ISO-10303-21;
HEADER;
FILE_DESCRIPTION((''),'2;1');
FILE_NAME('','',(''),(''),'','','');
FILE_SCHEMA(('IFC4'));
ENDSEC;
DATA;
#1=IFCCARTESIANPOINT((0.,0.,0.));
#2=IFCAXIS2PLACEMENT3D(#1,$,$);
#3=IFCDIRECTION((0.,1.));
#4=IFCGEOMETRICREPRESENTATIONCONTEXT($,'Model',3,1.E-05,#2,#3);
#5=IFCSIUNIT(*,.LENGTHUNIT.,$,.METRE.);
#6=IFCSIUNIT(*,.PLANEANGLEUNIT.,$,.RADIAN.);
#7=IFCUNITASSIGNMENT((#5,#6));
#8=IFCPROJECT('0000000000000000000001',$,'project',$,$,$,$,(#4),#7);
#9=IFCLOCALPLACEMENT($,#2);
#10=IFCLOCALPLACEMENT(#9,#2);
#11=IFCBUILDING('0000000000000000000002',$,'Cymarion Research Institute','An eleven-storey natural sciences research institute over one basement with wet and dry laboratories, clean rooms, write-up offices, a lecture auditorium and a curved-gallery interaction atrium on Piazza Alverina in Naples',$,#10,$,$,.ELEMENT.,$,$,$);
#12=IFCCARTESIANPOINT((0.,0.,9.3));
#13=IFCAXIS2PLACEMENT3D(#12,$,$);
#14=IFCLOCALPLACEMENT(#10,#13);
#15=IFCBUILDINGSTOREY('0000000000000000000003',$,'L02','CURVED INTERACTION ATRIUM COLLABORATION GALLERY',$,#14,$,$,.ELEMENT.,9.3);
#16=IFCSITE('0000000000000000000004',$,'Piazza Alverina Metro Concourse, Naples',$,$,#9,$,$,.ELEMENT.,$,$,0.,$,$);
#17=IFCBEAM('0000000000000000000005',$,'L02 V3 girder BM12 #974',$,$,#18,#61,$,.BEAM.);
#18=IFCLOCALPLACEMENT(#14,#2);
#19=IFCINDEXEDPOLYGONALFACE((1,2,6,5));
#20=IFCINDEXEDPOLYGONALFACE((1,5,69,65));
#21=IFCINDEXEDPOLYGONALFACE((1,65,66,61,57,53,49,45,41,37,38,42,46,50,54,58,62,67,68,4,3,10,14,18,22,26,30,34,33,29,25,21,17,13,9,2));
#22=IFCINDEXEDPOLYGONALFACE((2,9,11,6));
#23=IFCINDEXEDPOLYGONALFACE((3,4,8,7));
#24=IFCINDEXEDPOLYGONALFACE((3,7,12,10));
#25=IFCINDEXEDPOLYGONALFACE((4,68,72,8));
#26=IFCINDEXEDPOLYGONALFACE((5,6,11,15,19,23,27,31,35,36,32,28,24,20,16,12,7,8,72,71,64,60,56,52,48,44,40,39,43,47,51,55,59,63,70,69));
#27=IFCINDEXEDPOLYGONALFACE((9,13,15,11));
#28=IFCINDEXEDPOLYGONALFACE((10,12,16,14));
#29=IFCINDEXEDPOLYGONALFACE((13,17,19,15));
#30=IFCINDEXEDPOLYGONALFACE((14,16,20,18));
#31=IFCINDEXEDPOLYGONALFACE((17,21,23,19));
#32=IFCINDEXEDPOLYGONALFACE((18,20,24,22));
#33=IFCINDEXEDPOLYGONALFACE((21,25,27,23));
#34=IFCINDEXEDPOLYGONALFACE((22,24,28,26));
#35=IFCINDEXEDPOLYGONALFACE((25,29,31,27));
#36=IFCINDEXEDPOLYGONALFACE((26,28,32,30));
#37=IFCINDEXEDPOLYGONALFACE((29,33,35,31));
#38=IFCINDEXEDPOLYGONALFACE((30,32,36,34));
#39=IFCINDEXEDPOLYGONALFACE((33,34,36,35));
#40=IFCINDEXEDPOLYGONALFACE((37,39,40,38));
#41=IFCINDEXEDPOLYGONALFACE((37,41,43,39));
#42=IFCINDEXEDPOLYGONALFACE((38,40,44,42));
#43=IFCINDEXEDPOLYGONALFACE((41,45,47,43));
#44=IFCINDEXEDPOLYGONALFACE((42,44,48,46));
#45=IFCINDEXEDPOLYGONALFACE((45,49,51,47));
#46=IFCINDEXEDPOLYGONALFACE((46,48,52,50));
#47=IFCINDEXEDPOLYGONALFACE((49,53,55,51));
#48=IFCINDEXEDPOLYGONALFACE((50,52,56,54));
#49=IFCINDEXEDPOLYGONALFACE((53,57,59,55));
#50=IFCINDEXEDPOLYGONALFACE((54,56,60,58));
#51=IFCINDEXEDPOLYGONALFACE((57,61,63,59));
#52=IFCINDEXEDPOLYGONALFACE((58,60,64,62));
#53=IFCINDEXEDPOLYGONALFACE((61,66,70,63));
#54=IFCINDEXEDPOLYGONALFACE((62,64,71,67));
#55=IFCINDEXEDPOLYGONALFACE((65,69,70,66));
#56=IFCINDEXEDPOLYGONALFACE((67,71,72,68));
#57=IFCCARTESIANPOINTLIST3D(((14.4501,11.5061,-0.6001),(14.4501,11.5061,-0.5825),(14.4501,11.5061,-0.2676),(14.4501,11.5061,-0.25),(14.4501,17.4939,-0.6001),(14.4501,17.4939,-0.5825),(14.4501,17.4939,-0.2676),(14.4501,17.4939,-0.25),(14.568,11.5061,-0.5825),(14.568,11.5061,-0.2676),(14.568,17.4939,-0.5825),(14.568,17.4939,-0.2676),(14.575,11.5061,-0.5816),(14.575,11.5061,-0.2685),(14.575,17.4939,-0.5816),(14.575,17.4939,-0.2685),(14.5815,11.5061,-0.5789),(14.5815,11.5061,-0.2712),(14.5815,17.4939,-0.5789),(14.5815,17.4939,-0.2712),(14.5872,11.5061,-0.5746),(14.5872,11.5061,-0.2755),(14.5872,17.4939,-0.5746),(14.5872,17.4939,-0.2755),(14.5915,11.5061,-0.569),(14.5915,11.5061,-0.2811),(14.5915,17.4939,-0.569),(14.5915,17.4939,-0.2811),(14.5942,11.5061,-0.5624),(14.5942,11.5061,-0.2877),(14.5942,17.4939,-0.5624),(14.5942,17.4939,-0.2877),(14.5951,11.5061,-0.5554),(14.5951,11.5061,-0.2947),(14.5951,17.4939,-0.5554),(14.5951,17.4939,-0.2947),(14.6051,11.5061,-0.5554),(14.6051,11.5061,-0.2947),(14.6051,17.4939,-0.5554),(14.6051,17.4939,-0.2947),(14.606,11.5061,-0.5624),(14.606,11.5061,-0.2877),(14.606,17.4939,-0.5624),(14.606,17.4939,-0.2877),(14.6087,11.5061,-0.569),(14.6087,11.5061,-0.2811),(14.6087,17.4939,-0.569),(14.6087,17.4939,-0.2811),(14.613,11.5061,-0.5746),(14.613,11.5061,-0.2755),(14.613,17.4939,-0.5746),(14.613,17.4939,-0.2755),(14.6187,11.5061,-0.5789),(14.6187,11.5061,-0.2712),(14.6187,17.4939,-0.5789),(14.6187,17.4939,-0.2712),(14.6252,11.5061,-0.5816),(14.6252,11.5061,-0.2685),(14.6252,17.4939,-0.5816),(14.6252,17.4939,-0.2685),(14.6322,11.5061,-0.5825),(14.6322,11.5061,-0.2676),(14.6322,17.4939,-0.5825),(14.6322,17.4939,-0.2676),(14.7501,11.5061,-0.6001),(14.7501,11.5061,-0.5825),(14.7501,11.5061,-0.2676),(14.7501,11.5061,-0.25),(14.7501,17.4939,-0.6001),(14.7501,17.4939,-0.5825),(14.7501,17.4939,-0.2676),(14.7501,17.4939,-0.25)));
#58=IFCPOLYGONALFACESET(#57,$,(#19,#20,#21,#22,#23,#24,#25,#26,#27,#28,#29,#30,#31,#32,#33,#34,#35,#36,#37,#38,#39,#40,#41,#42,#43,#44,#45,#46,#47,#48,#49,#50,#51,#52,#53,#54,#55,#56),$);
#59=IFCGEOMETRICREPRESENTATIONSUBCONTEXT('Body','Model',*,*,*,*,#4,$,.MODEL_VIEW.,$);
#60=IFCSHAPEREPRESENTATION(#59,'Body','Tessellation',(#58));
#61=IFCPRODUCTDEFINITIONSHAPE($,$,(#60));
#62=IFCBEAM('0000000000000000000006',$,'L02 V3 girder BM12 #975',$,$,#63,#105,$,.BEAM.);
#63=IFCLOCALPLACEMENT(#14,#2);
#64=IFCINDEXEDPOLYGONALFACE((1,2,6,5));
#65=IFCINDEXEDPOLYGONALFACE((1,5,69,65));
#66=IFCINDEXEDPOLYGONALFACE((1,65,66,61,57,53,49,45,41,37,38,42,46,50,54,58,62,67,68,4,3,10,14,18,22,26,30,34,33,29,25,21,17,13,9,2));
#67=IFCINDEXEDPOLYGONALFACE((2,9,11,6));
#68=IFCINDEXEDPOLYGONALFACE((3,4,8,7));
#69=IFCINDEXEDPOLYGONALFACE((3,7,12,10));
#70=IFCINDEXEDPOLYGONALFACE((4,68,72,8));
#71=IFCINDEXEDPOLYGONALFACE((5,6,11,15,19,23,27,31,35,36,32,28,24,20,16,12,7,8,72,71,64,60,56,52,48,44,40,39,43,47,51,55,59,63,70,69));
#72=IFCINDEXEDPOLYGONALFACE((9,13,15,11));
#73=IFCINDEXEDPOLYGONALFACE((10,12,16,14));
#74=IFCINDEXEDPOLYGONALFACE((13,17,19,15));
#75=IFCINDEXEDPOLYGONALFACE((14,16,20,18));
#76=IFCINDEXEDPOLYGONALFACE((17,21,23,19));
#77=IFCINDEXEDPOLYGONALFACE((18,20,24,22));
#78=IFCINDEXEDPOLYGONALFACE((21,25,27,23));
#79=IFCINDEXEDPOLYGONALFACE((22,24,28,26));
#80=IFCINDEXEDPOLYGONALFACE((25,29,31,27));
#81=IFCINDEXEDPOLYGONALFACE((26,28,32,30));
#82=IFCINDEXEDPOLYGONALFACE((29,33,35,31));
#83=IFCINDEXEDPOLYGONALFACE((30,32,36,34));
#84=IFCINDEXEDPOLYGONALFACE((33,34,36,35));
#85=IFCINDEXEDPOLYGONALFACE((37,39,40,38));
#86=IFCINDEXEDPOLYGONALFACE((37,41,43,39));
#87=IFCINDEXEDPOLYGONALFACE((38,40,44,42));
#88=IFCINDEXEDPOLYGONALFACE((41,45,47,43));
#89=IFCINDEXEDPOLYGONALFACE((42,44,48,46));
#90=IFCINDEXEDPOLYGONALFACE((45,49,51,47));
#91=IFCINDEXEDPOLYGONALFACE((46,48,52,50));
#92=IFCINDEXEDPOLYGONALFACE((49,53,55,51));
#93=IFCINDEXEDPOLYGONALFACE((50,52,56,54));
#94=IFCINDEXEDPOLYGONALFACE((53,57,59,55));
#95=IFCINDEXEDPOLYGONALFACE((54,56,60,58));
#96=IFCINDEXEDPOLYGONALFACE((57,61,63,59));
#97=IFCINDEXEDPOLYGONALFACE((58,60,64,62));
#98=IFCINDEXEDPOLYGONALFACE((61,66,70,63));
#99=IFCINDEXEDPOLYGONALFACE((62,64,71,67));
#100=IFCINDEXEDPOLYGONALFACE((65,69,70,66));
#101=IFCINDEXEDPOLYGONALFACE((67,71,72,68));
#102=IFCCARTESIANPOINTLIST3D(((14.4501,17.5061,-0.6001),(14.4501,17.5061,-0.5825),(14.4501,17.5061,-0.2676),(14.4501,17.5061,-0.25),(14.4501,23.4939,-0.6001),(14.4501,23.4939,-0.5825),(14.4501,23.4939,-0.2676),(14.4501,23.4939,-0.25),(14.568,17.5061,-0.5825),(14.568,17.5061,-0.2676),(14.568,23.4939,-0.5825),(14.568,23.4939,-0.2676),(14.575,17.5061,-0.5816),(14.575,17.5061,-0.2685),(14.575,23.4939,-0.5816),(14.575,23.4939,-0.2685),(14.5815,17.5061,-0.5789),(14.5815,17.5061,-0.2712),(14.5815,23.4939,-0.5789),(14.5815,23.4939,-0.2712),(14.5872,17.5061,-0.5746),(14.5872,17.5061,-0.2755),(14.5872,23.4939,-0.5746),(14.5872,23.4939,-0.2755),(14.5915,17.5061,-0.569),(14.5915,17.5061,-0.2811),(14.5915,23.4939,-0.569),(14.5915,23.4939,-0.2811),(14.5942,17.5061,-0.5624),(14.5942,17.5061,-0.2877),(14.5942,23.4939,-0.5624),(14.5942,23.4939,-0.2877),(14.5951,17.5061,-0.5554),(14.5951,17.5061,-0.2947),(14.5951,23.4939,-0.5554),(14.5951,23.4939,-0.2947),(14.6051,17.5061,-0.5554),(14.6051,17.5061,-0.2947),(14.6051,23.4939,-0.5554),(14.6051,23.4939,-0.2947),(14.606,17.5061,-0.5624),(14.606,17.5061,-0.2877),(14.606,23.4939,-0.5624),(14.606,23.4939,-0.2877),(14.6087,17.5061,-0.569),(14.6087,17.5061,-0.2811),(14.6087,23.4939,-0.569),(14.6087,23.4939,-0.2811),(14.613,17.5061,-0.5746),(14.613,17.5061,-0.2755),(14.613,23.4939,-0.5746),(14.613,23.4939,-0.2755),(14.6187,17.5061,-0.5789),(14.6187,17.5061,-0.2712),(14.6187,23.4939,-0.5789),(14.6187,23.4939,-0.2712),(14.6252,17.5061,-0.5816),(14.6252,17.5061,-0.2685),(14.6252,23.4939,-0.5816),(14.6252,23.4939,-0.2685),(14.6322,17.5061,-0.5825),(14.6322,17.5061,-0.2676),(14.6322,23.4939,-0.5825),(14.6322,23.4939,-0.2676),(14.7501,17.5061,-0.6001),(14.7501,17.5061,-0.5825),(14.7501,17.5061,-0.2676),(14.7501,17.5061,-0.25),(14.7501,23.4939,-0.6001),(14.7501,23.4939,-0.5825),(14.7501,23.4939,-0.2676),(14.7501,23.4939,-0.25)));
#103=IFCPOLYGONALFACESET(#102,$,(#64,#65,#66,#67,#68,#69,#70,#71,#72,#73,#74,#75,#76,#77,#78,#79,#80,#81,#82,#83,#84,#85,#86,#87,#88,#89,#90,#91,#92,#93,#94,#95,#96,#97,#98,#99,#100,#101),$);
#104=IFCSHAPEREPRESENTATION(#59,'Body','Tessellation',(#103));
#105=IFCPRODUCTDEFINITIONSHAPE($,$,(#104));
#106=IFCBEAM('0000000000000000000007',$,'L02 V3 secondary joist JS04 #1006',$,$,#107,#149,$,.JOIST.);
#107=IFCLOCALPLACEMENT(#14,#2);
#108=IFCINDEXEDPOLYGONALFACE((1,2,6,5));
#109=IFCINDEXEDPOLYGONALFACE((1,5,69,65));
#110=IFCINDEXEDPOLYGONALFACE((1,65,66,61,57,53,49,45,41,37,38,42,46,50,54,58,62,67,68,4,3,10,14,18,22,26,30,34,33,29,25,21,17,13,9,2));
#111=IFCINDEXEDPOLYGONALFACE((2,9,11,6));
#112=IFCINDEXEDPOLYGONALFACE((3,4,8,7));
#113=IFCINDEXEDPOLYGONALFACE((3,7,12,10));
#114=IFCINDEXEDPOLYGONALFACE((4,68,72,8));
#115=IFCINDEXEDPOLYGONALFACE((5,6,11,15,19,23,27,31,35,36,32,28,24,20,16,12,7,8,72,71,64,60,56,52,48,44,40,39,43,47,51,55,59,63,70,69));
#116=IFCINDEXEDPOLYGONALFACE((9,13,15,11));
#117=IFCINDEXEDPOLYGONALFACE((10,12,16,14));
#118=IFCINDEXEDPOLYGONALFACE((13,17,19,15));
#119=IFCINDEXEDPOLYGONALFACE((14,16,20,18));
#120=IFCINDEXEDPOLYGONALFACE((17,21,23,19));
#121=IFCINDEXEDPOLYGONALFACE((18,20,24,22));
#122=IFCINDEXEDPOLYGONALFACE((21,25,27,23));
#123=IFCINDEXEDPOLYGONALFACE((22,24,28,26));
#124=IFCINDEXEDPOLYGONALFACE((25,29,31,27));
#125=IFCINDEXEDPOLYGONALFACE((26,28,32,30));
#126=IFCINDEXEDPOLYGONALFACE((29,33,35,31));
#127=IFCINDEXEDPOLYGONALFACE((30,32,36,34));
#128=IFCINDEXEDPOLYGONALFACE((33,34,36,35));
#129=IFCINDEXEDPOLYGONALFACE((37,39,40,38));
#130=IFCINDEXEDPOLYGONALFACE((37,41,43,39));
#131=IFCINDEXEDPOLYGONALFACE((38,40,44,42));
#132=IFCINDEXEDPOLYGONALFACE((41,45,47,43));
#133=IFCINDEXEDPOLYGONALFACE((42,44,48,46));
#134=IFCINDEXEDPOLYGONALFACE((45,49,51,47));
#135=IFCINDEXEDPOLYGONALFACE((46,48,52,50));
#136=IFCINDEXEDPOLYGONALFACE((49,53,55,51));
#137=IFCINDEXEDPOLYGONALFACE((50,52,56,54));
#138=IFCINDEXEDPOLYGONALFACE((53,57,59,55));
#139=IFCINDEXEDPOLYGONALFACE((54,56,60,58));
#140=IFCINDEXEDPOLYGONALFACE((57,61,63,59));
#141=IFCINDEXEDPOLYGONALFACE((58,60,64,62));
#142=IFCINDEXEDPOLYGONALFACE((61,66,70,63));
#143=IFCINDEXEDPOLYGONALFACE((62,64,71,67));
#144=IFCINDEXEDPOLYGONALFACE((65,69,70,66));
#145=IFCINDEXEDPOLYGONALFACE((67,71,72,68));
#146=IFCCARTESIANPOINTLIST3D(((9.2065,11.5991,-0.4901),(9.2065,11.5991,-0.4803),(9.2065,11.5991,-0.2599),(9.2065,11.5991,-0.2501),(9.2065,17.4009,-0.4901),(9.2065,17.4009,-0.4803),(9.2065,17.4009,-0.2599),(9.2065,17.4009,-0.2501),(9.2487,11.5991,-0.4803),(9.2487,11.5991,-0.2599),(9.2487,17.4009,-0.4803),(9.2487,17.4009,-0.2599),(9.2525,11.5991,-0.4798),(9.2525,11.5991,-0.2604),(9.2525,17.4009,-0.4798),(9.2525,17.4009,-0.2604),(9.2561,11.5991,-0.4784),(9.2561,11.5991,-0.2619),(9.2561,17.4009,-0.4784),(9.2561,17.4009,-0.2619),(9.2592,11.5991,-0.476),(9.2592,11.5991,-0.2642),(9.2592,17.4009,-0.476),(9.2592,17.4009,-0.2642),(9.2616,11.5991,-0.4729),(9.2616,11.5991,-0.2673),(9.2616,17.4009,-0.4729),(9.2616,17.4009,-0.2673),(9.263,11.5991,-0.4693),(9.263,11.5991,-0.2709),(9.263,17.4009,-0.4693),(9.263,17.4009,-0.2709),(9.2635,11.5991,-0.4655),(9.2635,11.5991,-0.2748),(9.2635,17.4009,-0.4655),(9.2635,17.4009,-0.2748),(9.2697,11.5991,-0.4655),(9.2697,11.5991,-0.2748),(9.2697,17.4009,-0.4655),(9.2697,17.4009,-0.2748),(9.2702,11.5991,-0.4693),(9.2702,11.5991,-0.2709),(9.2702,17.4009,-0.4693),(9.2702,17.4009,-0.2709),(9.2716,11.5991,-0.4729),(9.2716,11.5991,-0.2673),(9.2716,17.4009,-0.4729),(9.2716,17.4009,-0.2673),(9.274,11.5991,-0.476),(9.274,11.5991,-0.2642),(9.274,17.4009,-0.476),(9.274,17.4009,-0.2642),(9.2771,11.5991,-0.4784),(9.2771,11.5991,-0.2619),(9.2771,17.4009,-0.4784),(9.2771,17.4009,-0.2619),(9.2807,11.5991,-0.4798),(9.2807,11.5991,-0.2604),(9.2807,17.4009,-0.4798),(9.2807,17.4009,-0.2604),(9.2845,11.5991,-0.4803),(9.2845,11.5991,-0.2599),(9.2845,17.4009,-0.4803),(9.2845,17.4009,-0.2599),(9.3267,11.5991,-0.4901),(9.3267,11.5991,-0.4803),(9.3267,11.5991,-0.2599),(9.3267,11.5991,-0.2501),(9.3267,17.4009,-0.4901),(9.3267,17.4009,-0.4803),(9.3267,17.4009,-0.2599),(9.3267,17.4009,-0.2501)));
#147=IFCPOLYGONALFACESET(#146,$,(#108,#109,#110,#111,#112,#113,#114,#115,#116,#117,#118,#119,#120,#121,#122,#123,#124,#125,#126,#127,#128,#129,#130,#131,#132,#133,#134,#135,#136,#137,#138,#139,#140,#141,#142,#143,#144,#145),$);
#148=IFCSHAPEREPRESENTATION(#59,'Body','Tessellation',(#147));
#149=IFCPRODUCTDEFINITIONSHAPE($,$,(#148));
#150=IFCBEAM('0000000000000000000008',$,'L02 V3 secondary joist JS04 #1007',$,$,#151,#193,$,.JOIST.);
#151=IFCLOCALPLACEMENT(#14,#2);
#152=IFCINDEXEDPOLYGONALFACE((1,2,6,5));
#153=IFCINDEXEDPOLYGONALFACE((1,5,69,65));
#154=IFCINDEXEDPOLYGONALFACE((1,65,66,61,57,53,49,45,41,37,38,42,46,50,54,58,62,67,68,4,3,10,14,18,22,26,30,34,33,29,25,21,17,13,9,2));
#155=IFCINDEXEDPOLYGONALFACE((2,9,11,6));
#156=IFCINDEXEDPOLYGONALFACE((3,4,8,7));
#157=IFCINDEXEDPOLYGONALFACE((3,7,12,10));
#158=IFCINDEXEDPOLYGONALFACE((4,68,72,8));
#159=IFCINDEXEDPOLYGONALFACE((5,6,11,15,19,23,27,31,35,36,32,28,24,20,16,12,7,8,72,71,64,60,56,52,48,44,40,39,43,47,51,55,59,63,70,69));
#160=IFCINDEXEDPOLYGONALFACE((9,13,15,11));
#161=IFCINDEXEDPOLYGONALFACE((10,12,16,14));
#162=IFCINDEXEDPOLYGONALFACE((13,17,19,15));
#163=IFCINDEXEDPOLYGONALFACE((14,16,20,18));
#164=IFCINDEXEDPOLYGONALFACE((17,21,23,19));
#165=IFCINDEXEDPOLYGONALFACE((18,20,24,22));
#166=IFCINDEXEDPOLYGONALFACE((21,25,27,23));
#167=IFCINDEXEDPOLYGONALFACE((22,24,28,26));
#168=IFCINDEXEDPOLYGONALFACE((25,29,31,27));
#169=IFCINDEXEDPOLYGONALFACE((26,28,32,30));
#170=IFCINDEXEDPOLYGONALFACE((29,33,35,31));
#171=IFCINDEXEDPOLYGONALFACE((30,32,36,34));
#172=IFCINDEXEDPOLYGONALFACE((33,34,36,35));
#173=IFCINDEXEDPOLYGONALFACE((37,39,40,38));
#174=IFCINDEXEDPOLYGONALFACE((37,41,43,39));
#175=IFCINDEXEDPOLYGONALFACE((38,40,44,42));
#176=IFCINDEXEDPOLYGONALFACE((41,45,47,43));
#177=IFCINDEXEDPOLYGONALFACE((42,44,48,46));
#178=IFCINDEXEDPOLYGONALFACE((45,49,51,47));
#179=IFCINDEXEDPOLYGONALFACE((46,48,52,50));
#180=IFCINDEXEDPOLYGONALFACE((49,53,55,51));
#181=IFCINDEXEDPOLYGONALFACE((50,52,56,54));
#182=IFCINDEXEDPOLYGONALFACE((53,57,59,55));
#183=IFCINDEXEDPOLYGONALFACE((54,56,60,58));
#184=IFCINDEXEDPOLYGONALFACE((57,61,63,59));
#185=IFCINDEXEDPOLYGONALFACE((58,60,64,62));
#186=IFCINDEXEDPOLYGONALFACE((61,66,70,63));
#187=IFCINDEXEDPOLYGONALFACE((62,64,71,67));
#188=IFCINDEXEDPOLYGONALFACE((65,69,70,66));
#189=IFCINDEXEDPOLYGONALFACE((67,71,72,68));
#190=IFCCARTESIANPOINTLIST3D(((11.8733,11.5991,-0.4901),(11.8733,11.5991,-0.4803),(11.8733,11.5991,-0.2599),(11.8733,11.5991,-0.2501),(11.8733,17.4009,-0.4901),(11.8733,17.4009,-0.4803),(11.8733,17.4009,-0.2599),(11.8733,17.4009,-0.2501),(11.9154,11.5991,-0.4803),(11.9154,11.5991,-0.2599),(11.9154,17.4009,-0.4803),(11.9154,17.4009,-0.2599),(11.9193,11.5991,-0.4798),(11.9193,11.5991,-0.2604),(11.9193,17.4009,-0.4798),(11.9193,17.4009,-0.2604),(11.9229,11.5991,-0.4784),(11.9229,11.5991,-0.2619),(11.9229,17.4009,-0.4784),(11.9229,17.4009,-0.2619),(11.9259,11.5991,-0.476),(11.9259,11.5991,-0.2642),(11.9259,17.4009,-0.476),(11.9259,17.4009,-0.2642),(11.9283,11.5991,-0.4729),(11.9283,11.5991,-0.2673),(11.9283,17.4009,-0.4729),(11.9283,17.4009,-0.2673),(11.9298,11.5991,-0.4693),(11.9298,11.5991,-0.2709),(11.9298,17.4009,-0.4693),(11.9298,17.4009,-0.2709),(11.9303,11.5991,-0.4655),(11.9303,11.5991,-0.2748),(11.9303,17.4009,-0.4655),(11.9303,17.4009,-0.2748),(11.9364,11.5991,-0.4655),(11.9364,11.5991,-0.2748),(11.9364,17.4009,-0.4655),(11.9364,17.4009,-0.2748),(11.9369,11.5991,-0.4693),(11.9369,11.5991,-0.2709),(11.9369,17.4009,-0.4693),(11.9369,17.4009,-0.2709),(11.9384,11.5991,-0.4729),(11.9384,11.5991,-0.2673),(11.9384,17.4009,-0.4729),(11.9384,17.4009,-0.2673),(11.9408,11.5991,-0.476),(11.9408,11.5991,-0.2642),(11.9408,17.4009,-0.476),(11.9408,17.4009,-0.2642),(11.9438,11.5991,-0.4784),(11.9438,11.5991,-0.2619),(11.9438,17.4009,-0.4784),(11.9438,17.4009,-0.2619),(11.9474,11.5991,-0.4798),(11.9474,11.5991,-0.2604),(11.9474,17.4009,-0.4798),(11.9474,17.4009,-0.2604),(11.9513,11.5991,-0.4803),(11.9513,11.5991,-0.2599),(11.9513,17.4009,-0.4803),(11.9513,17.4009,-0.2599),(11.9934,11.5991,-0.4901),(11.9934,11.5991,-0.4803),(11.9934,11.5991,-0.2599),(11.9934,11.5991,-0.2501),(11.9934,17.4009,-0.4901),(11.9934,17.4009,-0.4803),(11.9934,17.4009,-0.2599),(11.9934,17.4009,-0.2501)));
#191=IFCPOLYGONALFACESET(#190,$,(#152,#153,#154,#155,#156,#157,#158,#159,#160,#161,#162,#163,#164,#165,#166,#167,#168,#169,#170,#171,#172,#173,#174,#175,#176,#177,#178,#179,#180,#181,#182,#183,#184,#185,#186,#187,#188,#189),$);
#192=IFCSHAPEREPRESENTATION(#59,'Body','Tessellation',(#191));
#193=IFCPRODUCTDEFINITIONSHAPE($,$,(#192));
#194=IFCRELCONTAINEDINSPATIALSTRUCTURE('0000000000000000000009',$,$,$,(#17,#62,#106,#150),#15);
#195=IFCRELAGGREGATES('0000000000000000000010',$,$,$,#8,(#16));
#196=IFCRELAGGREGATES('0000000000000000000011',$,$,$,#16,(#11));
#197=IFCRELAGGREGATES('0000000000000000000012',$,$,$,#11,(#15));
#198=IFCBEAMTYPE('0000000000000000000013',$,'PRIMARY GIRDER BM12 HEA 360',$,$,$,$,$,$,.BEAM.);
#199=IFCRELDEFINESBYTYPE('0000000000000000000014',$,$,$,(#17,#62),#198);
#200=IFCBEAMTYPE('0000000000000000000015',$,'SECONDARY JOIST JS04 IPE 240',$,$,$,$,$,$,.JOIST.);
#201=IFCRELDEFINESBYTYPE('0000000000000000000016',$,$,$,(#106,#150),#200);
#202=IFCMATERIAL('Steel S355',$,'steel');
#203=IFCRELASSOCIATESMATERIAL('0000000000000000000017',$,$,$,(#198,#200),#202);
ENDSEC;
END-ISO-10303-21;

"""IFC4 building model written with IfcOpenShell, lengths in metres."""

from ifc_helpers import new_model, si_unit, direction, frame, origin, origin_2d, place, context, subcontext, project, spatial, i_section, extrude, material, material_profile, profile_set, type_object, element, save


model = new_model("IFC4")

# Units and contexts
model_context = context("Model", 3, precision=1e-05, world=origin(), true_north=direction((0.0, 1.0)))
body_context = subcontext(model_context, "Body", "Model", "MODEL_VIEW")
ifc_project = project(units=[si_unit("LENGTHUNIT", "METRE"), si_unit("PLANEANGLEUNIT", "RADIAN")], contexts=[model_context])

# Site, building, storey
site_placement = place(None, origin())
site = spatial("IfcSite", under=ifc_project, at=site_placement, Name="Piazza Alverina Metro Concourse, Naples", CompositionType="ELEMENT", RefElevation=0.0)
building_placement = place(site_placement, origin())
building = spatial("IfcBuilding", under=site, at=building_placement, Name="Cymarion Research Institute", Description="An eleven-storey natural sciences research institute over one basement with wet and dry laboratories, clean rooms, write-up offices, a lecture auditorium and a curved-gallery interaction atrium on Piazza Alverina in Naples", CompositionType="ELEMENT")
storey_placement = place(building_placement, frame((0.0, 0.0, 9.3)))
storey = spatial("IfcBuildingStorey", under=building, at=storey_placement, Name="L02", Description="CURVED INTERACTION ATRIUM COLLABORATION GALLERY", CompositionType="ELEMENT", Elevation=9.3)

# Shared definitions
ifc_material_1 = material(Name="Steel S355", Category="steel")

# Beams
ifc_material_profile_1 = material_profile(ifc_material_1, i_section(OverallWidth=0.3, OverallDepth=0.3501, WebThickness=0.01, FlangeThickness=0.0176, FilletRadius=0.0271, at=origin_2d()), Name="HEA 360")
ifc_profile_set_1 = profile_set([ifc_material_profile_1], Name="Steel S355")
beam_type_1 = type_object("IfcBeamType", Name="PRIMARY GIRDER BM12 HEA 360", PredefinedType="BEAM", material=ifc_profile_set_1)
for number, where, z_axis, x_axis, name in (
    (1, (14.6001, 11.5061, -0.425), (0.0, 1.0, 0.0), (-1.0, 0.0, 0.0), "L02 V3 girder BM12 #974"),
    (2, (14.6001, 17.5061, -0.425), (0.0, 1.0, 0.0), (-1.0, 0.0, 0.0), "L02 V3 girder BM12 #975"),
):
    element("IfcBeam", number, at=place(storey_placement, frame(where, z_axis=z_axis, x_axis=x_axis)), inside=storey, type_object=beam_type_1, Name=name, PredefinedType="BEAM", context=body_context, shape_type="SweptSolid", body=[
        extrude(i_section(OverallWidth=0.3, OverallDepth=0.3501, WebThickness=0.01, FlangeThickness=0.0176, FilletRadius=0.0271, at=origin_2d()), origin(), (0.0, 0.0, 1.0), 5.9878),
    ])
ifc_material_profile_2 = material_profile(ifc_material_1, i_section(OverallWidth=0.1201, OverallDepth=0.24, WebThickness=0.0061, FlangeThickness=0.0098, FilletRadius=0.0149, at=origin_2d()), Name="IPE 240")
ifc_profile_set_2 = profile_set([ifc_material_profile_2], Name="Steel S355")
beam_type_2 = type_object("IfcBeamType", Name="SECONDARY JOIST JS04 IPE 240", PredefinedType="JOIST", material=ifc_profile_set_2)
for number, where, z_axis, x_axis, name in (
    (3, (9.2666, 11.5991, -0.3701), (0.0, 1.0, 0.0), (-1.0, 0.0, 0.0), "L02 V3 secondary joist JS04 #1006"),
    (4, (11.9333, 11.5991, -0.3701), (0.0, 1.0, 0.0), (-1.0, 0.0, 0.0), "L02 V3 secondary joist JS04 #1007"),
):
    element("IfcBeam", number, at=place(storey_placement, frame(where, z_axis=z_axis, x_axis=x_axis)), inside=storey, type_object=beam_type_2, Name=name, PredefinedType="JOIST", context=body_context, shape_type="SweptSolid", body=[
        extrude(i_section(OverallWidth=0.1201, OverallDepth=0.24, WebThickness=0.0061, FlangeThickness=0.0098, FilletRadius=0.0149, at=origin_2d()), origin(), (0.0, 0.0, 1.0), 5.8018),
    ])

save(model, "model.ifc")
